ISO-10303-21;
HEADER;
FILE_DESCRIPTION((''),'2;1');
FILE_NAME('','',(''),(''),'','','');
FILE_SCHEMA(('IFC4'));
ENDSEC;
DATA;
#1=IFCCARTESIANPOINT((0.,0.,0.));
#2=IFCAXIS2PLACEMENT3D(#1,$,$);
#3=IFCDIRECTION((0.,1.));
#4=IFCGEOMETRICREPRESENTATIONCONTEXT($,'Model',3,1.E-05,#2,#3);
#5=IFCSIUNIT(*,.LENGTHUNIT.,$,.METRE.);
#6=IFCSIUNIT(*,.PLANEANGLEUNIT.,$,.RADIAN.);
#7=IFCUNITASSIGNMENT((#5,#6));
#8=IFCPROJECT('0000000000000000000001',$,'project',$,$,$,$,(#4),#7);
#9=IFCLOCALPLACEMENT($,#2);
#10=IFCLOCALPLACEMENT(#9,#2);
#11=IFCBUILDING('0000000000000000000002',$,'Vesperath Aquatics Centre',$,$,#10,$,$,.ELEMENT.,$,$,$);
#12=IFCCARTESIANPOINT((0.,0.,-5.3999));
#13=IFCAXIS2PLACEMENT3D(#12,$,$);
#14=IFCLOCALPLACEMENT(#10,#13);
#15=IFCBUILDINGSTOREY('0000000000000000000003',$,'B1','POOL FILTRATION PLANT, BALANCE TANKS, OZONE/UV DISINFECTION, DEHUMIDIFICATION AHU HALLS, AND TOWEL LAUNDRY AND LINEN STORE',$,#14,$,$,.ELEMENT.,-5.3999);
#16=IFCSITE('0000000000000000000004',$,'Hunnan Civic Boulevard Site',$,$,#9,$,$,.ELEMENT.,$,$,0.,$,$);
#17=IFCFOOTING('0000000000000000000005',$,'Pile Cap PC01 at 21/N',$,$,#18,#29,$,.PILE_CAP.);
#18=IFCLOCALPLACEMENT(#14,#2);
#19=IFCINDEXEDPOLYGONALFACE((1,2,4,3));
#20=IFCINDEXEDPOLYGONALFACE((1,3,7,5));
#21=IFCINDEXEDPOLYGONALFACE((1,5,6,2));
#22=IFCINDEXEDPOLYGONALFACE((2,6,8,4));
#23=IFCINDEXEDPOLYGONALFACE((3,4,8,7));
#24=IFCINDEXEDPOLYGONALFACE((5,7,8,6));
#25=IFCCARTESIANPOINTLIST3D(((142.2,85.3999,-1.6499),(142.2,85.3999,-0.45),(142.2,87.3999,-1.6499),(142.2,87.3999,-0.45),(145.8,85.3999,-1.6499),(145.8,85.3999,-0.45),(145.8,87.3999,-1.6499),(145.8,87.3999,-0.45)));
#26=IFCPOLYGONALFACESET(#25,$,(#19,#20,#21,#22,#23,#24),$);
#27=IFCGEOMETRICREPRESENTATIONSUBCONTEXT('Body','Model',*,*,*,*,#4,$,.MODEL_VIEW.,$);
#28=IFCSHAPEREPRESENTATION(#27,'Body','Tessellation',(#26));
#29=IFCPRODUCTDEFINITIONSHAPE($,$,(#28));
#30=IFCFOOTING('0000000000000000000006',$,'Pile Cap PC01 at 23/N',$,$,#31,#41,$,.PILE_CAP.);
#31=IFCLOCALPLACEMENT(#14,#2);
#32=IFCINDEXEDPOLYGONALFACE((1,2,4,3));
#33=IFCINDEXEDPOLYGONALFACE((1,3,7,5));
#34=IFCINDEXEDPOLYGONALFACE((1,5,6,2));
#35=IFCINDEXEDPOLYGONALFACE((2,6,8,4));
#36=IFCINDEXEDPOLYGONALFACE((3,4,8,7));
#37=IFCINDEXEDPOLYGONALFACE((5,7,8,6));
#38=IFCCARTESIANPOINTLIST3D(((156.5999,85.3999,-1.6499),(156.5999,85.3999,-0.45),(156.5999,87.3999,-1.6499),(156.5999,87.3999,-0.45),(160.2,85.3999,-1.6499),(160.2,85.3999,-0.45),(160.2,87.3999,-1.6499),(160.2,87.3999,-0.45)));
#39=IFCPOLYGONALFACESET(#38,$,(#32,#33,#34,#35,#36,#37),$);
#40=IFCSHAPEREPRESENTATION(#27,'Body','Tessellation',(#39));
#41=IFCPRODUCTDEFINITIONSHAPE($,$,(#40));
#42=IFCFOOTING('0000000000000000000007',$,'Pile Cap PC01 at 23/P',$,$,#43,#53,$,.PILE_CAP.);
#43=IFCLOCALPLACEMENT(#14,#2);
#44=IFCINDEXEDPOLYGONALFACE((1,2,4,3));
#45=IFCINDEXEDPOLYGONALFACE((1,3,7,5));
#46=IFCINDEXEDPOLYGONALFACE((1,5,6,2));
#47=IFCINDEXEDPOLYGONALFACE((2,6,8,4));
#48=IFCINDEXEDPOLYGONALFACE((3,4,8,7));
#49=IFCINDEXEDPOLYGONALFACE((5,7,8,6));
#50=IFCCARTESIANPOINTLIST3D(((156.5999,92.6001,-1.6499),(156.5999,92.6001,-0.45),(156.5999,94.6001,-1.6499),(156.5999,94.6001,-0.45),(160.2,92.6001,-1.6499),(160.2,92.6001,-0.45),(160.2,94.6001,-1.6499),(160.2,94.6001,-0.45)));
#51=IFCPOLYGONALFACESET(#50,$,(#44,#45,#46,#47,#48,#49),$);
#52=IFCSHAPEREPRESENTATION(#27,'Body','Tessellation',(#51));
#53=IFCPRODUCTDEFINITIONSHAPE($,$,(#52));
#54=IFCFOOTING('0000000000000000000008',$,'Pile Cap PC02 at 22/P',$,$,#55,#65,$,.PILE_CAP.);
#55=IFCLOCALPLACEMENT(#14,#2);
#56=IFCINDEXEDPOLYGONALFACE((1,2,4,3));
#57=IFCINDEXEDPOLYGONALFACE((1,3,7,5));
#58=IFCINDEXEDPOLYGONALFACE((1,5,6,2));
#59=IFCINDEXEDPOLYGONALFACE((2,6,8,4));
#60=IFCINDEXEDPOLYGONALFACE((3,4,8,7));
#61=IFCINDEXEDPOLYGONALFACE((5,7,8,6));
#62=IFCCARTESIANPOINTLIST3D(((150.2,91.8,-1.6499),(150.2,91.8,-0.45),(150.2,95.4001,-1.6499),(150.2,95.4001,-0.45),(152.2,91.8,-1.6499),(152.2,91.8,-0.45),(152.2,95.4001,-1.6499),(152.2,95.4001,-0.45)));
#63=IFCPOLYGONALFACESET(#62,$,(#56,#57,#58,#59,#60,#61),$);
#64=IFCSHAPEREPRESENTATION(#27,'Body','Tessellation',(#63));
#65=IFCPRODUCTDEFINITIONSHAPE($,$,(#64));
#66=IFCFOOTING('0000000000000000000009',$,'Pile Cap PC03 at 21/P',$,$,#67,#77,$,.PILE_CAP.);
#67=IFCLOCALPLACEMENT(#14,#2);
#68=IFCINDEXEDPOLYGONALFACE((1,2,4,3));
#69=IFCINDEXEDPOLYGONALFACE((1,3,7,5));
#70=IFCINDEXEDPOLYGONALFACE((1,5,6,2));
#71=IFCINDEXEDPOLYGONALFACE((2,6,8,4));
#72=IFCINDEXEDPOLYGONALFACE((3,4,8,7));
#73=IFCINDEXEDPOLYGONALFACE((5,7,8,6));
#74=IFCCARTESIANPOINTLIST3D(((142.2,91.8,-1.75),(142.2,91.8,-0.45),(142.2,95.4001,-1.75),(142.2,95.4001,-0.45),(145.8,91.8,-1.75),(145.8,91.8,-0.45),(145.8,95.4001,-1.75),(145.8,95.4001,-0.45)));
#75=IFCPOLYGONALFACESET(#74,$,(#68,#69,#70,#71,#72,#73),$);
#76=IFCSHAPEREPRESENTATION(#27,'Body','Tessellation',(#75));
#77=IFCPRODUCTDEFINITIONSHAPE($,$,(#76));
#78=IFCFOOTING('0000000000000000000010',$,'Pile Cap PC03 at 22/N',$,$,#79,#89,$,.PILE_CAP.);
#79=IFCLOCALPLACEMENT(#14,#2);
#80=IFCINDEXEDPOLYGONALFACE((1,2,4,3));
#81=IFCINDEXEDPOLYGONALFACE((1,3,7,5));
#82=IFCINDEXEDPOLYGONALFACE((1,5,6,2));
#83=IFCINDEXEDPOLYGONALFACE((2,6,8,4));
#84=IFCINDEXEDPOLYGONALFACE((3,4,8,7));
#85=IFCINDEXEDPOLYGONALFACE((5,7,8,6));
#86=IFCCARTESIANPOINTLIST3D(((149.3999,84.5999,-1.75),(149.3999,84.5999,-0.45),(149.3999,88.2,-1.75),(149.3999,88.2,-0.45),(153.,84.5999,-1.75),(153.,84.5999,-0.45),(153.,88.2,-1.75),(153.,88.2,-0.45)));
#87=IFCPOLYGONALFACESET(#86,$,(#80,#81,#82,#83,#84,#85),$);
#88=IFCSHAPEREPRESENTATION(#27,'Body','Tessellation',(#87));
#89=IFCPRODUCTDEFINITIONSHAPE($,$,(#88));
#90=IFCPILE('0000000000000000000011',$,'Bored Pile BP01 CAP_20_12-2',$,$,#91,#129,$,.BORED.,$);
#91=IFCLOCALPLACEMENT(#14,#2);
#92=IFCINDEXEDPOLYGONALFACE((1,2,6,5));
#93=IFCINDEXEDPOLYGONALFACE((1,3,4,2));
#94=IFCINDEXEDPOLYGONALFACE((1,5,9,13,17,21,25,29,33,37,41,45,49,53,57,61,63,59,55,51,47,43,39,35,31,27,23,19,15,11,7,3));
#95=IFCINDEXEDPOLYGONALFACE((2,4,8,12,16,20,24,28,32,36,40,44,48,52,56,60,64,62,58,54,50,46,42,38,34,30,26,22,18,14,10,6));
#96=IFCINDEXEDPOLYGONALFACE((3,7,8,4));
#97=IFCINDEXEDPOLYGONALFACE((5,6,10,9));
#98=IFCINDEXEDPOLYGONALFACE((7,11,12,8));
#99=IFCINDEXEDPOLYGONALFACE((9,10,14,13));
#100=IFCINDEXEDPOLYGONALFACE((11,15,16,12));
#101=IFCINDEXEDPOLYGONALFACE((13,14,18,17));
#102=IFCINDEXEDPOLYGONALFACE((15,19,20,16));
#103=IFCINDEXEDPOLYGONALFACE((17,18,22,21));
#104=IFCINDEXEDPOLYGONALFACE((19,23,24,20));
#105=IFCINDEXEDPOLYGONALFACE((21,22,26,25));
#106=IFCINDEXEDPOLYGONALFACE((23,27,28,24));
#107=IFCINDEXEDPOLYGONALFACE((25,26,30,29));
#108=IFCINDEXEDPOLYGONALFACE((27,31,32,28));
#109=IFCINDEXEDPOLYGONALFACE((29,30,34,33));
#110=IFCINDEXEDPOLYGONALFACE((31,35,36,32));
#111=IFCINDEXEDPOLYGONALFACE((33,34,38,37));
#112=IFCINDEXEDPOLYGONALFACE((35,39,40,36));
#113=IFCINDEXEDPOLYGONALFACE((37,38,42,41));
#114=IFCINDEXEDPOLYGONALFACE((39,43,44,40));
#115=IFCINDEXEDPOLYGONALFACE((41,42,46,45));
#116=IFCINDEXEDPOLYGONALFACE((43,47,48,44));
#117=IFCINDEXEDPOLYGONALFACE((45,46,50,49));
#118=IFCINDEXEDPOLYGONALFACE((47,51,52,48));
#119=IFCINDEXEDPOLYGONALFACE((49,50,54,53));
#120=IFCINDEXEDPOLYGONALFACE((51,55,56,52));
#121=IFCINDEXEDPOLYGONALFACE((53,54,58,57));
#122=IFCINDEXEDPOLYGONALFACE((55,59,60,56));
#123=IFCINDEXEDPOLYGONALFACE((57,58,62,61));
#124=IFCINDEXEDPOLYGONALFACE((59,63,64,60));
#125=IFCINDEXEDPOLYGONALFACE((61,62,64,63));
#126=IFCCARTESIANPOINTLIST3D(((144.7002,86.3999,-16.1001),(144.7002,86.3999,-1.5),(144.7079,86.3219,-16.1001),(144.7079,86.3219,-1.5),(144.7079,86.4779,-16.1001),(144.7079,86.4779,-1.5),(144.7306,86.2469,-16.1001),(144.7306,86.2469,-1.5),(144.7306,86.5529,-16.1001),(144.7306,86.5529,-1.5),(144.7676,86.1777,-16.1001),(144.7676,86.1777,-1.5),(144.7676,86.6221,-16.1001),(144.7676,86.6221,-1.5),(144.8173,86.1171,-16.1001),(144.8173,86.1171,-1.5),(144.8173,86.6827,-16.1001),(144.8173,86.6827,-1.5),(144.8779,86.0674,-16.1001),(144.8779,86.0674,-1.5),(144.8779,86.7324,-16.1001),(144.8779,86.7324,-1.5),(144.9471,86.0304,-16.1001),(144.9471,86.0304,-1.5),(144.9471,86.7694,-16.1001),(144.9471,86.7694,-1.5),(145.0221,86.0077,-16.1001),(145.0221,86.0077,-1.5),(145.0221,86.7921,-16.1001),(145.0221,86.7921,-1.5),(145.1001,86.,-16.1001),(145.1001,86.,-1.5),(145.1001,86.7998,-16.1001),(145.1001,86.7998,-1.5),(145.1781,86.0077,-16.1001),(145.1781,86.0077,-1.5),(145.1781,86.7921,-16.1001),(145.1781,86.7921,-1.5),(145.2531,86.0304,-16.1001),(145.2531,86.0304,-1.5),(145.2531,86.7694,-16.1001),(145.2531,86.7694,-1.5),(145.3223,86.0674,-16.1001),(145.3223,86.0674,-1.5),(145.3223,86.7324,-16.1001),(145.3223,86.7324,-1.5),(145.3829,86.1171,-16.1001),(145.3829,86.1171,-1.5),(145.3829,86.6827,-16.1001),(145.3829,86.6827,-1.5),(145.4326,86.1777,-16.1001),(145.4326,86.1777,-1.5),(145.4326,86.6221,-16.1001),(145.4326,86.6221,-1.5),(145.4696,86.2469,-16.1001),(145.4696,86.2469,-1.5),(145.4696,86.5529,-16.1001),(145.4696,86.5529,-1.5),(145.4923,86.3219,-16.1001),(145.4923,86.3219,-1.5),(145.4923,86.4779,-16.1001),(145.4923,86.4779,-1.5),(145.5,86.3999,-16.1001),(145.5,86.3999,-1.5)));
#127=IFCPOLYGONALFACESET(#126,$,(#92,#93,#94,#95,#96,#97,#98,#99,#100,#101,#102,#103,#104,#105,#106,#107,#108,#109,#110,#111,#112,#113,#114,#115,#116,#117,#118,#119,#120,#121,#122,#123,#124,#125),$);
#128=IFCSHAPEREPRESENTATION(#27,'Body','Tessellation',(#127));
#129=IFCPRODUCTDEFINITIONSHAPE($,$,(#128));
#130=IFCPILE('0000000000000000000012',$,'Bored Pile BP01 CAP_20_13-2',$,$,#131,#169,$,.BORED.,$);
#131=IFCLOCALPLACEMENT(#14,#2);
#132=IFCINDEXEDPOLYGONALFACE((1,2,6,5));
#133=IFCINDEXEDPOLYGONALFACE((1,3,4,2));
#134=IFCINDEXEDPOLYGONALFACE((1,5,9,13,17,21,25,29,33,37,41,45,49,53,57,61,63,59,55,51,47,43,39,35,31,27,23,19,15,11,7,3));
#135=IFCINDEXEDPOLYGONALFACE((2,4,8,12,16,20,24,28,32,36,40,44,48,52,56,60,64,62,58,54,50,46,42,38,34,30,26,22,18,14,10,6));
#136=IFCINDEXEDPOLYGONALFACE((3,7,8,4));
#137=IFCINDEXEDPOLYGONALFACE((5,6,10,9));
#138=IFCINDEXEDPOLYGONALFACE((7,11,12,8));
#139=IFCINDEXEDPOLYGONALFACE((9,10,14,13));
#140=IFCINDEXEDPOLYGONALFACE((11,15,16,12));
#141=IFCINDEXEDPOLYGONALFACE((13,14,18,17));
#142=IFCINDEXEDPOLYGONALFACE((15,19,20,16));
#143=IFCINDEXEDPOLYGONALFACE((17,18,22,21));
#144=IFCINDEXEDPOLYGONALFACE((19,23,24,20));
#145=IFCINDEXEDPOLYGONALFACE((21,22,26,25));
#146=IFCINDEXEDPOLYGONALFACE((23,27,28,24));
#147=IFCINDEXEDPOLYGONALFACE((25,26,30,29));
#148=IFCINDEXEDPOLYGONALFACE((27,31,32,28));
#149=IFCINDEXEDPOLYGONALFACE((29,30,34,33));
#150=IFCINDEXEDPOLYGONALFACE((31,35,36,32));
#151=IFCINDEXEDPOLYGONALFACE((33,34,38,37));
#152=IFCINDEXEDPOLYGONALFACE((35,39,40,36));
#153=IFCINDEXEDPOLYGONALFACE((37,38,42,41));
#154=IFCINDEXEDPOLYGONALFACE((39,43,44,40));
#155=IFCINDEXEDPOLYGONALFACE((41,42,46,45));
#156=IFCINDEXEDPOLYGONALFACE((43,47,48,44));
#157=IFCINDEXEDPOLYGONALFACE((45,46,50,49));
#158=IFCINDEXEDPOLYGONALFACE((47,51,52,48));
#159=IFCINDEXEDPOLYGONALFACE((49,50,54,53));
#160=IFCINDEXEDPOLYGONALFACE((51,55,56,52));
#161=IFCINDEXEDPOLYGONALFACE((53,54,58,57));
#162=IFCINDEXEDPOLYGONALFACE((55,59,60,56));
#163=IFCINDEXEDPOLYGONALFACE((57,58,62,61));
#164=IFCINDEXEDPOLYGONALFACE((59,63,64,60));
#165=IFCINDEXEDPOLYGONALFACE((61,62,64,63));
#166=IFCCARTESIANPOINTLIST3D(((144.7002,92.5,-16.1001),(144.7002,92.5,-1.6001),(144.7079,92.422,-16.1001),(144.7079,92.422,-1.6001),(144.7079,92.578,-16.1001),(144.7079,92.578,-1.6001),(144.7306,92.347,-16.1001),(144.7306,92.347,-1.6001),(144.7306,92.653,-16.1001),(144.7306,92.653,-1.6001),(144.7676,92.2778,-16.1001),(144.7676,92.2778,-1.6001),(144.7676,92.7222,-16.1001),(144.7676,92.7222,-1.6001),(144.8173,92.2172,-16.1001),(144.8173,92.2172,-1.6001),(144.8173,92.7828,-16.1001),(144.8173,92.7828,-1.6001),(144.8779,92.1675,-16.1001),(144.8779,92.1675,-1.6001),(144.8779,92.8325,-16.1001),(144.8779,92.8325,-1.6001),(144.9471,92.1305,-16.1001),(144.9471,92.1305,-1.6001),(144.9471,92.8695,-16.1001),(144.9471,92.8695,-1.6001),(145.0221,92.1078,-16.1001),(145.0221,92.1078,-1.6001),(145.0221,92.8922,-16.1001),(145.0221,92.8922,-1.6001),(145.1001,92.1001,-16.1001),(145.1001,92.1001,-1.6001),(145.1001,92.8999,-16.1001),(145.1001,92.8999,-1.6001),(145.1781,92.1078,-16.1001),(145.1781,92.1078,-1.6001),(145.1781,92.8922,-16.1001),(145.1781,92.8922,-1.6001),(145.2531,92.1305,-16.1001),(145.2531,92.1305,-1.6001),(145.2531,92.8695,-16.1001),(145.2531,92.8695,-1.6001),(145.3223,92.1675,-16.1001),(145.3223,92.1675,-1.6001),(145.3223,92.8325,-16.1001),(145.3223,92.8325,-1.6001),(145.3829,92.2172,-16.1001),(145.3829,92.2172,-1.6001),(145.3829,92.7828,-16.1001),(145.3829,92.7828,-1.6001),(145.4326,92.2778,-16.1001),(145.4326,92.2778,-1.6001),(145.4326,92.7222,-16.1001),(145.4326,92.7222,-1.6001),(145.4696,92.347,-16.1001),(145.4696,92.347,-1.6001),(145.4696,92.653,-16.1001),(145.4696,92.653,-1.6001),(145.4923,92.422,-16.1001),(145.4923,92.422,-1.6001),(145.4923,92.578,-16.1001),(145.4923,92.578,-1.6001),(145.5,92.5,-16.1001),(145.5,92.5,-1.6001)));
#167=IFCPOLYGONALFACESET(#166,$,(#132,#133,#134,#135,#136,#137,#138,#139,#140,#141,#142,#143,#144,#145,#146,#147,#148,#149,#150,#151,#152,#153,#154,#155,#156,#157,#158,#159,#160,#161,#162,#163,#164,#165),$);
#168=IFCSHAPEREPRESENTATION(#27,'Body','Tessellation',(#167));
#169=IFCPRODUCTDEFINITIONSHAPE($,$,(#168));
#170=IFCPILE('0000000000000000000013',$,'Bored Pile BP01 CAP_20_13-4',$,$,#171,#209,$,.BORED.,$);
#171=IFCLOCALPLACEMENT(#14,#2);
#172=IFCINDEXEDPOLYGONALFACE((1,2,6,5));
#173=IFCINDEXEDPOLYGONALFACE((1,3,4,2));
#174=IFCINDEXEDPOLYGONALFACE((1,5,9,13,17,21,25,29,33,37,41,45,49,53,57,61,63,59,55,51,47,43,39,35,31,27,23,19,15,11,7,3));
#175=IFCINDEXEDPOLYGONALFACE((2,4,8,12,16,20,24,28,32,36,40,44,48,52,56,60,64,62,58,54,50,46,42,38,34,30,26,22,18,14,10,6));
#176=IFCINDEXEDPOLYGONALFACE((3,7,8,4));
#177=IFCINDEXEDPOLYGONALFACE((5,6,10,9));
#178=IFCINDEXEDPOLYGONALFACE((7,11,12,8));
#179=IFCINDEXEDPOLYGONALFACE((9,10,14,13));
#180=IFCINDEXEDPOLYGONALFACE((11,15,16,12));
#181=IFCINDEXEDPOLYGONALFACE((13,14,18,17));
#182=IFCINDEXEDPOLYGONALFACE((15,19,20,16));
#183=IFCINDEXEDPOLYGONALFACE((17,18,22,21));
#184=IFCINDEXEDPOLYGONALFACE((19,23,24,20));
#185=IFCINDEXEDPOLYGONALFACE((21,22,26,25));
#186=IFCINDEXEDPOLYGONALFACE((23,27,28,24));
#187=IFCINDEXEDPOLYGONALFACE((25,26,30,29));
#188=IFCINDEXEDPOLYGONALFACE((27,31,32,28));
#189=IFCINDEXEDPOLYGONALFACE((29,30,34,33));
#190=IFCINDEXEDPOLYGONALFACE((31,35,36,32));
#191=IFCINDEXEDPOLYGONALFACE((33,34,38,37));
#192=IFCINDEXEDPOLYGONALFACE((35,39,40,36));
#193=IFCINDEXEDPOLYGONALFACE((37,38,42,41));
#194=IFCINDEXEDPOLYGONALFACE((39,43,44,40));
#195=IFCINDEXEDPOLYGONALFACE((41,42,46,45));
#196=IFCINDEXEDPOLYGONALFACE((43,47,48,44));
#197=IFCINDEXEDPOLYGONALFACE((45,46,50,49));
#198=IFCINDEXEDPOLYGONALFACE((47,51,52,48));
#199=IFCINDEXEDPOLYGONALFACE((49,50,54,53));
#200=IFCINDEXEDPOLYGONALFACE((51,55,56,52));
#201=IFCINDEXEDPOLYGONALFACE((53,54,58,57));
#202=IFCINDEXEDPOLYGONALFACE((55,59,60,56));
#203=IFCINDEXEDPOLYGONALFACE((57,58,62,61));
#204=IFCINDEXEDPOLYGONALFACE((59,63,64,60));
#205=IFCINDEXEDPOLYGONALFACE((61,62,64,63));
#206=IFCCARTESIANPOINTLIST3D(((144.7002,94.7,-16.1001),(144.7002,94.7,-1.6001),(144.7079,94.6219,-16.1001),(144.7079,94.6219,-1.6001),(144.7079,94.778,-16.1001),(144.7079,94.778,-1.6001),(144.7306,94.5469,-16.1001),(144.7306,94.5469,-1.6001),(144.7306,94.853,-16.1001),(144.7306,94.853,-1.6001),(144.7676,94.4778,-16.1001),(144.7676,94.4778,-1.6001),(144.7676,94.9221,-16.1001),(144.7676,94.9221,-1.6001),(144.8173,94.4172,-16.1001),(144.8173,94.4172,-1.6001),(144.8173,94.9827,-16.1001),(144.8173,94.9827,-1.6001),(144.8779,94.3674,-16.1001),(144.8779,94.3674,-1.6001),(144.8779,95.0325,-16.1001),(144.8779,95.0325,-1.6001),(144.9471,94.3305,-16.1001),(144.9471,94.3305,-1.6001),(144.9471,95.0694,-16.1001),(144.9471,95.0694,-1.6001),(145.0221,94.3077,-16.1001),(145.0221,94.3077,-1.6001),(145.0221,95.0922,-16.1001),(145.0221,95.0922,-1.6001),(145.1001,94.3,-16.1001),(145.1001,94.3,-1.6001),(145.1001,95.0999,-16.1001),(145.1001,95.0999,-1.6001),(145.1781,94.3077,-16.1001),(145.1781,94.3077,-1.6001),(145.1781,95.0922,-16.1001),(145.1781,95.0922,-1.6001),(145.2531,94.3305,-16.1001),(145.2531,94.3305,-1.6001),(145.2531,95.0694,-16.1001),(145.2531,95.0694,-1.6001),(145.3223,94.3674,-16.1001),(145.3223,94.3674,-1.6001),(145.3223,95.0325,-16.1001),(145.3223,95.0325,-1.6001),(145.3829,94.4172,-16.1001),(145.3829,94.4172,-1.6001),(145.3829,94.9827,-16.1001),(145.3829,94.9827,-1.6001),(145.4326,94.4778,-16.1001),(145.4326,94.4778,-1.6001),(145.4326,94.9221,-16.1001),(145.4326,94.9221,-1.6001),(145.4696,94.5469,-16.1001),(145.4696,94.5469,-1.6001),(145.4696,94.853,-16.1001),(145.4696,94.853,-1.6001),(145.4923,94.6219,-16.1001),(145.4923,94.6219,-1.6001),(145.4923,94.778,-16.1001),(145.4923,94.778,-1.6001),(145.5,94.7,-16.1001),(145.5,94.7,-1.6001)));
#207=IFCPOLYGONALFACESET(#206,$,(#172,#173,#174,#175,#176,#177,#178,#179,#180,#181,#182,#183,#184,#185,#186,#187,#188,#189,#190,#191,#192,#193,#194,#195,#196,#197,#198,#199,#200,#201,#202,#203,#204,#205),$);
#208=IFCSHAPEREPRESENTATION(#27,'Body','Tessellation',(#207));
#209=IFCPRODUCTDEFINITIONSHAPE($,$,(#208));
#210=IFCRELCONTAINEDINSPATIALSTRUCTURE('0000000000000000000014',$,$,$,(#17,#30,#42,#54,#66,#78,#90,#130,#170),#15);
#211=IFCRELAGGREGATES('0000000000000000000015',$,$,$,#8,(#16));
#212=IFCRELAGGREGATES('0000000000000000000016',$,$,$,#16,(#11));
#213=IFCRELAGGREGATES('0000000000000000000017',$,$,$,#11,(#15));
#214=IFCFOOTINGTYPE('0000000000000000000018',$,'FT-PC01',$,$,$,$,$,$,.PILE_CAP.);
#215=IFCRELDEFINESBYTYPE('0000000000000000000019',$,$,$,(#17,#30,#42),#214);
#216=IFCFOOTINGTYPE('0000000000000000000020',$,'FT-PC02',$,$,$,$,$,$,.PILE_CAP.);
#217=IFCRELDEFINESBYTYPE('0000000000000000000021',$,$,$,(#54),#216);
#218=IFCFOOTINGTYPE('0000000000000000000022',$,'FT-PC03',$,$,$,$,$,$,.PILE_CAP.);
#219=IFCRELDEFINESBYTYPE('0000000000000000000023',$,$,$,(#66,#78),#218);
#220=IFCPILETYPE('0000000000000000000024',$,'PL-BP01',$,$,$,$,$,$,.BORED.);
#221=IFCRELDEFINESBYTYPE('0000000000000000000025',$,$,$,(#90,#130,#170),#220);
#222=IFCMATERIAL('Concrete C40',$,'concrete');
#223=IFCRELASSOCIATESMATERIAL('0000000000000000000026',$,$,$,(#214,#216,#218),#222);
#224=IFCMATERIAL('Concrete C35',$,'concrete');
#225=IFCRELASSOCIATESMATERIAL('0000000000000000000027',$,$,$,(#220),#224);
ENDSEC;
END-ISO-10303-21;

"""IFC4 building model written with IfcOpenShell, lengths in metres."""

from ifc_helpers import new_model, si_unit, direction, frame, origin, origin_2d, place, context, subcontext, project, spatial, rectangle, circle, extrude, material, material_profile, profile_set, type_object, element, save


model = new_model("IFC4")

# Units and contexts
model_context = context("Model", 3, precision=1e-05, world=origin(), true_north=direction((0.0, 1.0)))
body_context = subcontext(model_context, "Body", "Model", "MODEL_VIEW")
ifc_project = project(units=[si_unit("LENGTHUNIT", "METRE"), si_unit("PLANEANGLEUNIT", "RADIAN")], contexts=[model_context])

# Site, building, storey
site_placement = place(None, origin())
site = spatial("IfcSite", under=ifc_project, at=site_placement, Name="Hunnan Civic Boulevard Site", CompositionType="ELEMENT", RefElevation=0.0)
building_placement = place(site_placement, origin())
building = spatial("IfcBuilding", under=site, at=building_placement, Name="Vesperath Aquatics Centre", CompositionType="ELEMENT")
storey_placement = place(building_placement, frame((0.0, 0.0, -5.3999)))
storey = spatial("IfcBuildingStorey", under=building, at=storey_placement, Name="B1", Description="POOL FILTRATION PLANT, BALANCE TANKS, OZONE/UV DISINFECTION, DEHUMIDIFICATION AHU HALLS, AND TOWEL LAUNDRY AND LINEN STORE", CompositionType="ELEMENT", Elevation=-5.3999)

# Footings
ifc_material_1 = material(Name="Concrete C40", Category="concrete")
footing_type_1 = type_object("IfcFootingType", Name="FT-PC01", PredefinedType="PILE_CAP", material=ifc_material_1)
for number, where, z_axis, x_axis, name in (
    (1, (144.0, 86.3999, -1.6499), (0.0, 0.0, 1.0), (1.0, 0.0, 0.0), "Pile Cap PC01 at 21/N"),
    (2, (158.3999, 86.3999, -1.6499), (0.0, 0.0, 1.0), (1.0, 0.0, 0.0), "Pile Cap PC01 at 23/N"),
    (3, (158.3999, 93.6001, -1.6499), (0.0, 0.0, 1.0), (1.0, 0.0, 0.0), "Pile Cap PC01 at 23/P"),
):
    element("IfcFooting", number, at=place(storey_placement, frame(where, z_axis=z_axis, x_axis=x_axis)), inside=storey, type_object=footing_type_1, Name=name, PredefinedType="PILE_CAP", context=body_context, shape_type="SweptSolid", body=[
        extrude(rectangle(XDim=3.6001, YDim=2.0, at=origin_2d()), origin(), (0.0, 0.0, 1.0), 1.2),
    ])
footing_type_2 = type_object("IfcFootingType", Name="FT-PC02", PredefinedType="PILE_CAP", material=ifc_material_1)
footing_placement = place(storey_placement, frame((151.2, 93.6001, -1.6499), z_axis=(0.0, 0.0, 1.0), x_axis=(1.0, 0.0, 0.0)))
element("IfcFooting", 4, at=footing_placement, inside=storey, type_object=footing_type_2, Name="Pile Cap PC02 at 22/P", PredefinedType="PILE_CAP", context=body_context, shape_type="SweptSolid", body=[
    extrude(rectangle(XDim=2.0, YDim=3.6001, at=origin_2d()), origin(), (0.0, 0.0, 1.0), 1.2),
])
footing_type_3 = type_object("IfcFootingType", Name="FT-PC03", PredefinedType="PILE_CAP", material=ifc_material_1)
for number, where, z_axis, x_axis, name in (
    (5, (144.0, 93.6001, -1.75), (0.0, 0.0, 1.0), (1.0, 0.0, 0.0), "Pile Cap PC03 at 21/P"),
    (6, (151.2, 86.3999, -1.75), (0.0, 0.0, 1.0), (1.0, 0.0, 0.0), "Pile Cap PC03 at 22/N"),
):
    element("IfcFooting", number, at=place(storey_placement, frame(where, z_axis=z_axis, x_axis=x_axis)), inside=storey, type_object=footing_type_3, Name=name, PredefinedType="PILE_CAP", context=body_context, shape_type="SweptSolid", body=[
        extrude(rectangle(XDim=3.6001, YDim=3.6001, at=origin_2d()), origin(), (0.0, 0.0, 1.0), 1.3),
    ])

# Piles
ifc_material_2 = material(Name="Concrete C35", Category="concrete")
ifc_material_profile_1 = material_profile(ifc_material_2, circle(Radius=0.3999, at=origin_2d()), Name="PILE D800")
ifc_profile_set_1 = profile_set([ifc_material_profile_1], Name="Concrete C35")
pile_type = type_object("IfcPileType", Name="PL-BP01", PredefinedType="BORED", material=ifc_profile_set_1)
pile_1_placement = place(storey_placement, frame((145.1001, 86.3999, -1.5), z_axis=(0.0, 0.0, -1.0), x_axis=(1.0, 0.0, 0.0)))
element("IfcPile", 7, at=pile_1_placement, inside=storey, type_object=pile_type, Name="Bored Pile BP01 CAP_20_12-2", PredefinedType="BORED", context=body_context, shape_type="SweptSolid", body=[
    extrude(circle(Radius=0.3999, at=origin_2d()), origin(), (0.0, 0.0, 1.0), 14.6001),
])
for number, where, z_axis, x_axis, name in (
    (8, (145.1001, 92.5, -1.6001), (0.0, 0.0, -1.0), (1.0, 0.0, 0.0), "Bored Pile BP01 CAP_20_13-2"),
    (9, (145.1001, 94.7, -1.6001), (0.0, 0.0, -1.0), (1.0, 0.0, 0.0), "Bored Pile BP01 CAP_20_13-4"),
):
    element("IfcPile", number, at=place(storey_placement, frame(where, z_axis=z_axis, x_axis=x_axis)), inside=storey, type_object=pile_type, Name=name, PredefinedType="BORED", context=body_context, shape_type="SweptSolid", body=[
        extrude(circle(Radius=0.3999, at=origin_2d()), origin(), (0.0, 0.0, 1.0), 14.5),
    ])

save(model, "model.ifc")
